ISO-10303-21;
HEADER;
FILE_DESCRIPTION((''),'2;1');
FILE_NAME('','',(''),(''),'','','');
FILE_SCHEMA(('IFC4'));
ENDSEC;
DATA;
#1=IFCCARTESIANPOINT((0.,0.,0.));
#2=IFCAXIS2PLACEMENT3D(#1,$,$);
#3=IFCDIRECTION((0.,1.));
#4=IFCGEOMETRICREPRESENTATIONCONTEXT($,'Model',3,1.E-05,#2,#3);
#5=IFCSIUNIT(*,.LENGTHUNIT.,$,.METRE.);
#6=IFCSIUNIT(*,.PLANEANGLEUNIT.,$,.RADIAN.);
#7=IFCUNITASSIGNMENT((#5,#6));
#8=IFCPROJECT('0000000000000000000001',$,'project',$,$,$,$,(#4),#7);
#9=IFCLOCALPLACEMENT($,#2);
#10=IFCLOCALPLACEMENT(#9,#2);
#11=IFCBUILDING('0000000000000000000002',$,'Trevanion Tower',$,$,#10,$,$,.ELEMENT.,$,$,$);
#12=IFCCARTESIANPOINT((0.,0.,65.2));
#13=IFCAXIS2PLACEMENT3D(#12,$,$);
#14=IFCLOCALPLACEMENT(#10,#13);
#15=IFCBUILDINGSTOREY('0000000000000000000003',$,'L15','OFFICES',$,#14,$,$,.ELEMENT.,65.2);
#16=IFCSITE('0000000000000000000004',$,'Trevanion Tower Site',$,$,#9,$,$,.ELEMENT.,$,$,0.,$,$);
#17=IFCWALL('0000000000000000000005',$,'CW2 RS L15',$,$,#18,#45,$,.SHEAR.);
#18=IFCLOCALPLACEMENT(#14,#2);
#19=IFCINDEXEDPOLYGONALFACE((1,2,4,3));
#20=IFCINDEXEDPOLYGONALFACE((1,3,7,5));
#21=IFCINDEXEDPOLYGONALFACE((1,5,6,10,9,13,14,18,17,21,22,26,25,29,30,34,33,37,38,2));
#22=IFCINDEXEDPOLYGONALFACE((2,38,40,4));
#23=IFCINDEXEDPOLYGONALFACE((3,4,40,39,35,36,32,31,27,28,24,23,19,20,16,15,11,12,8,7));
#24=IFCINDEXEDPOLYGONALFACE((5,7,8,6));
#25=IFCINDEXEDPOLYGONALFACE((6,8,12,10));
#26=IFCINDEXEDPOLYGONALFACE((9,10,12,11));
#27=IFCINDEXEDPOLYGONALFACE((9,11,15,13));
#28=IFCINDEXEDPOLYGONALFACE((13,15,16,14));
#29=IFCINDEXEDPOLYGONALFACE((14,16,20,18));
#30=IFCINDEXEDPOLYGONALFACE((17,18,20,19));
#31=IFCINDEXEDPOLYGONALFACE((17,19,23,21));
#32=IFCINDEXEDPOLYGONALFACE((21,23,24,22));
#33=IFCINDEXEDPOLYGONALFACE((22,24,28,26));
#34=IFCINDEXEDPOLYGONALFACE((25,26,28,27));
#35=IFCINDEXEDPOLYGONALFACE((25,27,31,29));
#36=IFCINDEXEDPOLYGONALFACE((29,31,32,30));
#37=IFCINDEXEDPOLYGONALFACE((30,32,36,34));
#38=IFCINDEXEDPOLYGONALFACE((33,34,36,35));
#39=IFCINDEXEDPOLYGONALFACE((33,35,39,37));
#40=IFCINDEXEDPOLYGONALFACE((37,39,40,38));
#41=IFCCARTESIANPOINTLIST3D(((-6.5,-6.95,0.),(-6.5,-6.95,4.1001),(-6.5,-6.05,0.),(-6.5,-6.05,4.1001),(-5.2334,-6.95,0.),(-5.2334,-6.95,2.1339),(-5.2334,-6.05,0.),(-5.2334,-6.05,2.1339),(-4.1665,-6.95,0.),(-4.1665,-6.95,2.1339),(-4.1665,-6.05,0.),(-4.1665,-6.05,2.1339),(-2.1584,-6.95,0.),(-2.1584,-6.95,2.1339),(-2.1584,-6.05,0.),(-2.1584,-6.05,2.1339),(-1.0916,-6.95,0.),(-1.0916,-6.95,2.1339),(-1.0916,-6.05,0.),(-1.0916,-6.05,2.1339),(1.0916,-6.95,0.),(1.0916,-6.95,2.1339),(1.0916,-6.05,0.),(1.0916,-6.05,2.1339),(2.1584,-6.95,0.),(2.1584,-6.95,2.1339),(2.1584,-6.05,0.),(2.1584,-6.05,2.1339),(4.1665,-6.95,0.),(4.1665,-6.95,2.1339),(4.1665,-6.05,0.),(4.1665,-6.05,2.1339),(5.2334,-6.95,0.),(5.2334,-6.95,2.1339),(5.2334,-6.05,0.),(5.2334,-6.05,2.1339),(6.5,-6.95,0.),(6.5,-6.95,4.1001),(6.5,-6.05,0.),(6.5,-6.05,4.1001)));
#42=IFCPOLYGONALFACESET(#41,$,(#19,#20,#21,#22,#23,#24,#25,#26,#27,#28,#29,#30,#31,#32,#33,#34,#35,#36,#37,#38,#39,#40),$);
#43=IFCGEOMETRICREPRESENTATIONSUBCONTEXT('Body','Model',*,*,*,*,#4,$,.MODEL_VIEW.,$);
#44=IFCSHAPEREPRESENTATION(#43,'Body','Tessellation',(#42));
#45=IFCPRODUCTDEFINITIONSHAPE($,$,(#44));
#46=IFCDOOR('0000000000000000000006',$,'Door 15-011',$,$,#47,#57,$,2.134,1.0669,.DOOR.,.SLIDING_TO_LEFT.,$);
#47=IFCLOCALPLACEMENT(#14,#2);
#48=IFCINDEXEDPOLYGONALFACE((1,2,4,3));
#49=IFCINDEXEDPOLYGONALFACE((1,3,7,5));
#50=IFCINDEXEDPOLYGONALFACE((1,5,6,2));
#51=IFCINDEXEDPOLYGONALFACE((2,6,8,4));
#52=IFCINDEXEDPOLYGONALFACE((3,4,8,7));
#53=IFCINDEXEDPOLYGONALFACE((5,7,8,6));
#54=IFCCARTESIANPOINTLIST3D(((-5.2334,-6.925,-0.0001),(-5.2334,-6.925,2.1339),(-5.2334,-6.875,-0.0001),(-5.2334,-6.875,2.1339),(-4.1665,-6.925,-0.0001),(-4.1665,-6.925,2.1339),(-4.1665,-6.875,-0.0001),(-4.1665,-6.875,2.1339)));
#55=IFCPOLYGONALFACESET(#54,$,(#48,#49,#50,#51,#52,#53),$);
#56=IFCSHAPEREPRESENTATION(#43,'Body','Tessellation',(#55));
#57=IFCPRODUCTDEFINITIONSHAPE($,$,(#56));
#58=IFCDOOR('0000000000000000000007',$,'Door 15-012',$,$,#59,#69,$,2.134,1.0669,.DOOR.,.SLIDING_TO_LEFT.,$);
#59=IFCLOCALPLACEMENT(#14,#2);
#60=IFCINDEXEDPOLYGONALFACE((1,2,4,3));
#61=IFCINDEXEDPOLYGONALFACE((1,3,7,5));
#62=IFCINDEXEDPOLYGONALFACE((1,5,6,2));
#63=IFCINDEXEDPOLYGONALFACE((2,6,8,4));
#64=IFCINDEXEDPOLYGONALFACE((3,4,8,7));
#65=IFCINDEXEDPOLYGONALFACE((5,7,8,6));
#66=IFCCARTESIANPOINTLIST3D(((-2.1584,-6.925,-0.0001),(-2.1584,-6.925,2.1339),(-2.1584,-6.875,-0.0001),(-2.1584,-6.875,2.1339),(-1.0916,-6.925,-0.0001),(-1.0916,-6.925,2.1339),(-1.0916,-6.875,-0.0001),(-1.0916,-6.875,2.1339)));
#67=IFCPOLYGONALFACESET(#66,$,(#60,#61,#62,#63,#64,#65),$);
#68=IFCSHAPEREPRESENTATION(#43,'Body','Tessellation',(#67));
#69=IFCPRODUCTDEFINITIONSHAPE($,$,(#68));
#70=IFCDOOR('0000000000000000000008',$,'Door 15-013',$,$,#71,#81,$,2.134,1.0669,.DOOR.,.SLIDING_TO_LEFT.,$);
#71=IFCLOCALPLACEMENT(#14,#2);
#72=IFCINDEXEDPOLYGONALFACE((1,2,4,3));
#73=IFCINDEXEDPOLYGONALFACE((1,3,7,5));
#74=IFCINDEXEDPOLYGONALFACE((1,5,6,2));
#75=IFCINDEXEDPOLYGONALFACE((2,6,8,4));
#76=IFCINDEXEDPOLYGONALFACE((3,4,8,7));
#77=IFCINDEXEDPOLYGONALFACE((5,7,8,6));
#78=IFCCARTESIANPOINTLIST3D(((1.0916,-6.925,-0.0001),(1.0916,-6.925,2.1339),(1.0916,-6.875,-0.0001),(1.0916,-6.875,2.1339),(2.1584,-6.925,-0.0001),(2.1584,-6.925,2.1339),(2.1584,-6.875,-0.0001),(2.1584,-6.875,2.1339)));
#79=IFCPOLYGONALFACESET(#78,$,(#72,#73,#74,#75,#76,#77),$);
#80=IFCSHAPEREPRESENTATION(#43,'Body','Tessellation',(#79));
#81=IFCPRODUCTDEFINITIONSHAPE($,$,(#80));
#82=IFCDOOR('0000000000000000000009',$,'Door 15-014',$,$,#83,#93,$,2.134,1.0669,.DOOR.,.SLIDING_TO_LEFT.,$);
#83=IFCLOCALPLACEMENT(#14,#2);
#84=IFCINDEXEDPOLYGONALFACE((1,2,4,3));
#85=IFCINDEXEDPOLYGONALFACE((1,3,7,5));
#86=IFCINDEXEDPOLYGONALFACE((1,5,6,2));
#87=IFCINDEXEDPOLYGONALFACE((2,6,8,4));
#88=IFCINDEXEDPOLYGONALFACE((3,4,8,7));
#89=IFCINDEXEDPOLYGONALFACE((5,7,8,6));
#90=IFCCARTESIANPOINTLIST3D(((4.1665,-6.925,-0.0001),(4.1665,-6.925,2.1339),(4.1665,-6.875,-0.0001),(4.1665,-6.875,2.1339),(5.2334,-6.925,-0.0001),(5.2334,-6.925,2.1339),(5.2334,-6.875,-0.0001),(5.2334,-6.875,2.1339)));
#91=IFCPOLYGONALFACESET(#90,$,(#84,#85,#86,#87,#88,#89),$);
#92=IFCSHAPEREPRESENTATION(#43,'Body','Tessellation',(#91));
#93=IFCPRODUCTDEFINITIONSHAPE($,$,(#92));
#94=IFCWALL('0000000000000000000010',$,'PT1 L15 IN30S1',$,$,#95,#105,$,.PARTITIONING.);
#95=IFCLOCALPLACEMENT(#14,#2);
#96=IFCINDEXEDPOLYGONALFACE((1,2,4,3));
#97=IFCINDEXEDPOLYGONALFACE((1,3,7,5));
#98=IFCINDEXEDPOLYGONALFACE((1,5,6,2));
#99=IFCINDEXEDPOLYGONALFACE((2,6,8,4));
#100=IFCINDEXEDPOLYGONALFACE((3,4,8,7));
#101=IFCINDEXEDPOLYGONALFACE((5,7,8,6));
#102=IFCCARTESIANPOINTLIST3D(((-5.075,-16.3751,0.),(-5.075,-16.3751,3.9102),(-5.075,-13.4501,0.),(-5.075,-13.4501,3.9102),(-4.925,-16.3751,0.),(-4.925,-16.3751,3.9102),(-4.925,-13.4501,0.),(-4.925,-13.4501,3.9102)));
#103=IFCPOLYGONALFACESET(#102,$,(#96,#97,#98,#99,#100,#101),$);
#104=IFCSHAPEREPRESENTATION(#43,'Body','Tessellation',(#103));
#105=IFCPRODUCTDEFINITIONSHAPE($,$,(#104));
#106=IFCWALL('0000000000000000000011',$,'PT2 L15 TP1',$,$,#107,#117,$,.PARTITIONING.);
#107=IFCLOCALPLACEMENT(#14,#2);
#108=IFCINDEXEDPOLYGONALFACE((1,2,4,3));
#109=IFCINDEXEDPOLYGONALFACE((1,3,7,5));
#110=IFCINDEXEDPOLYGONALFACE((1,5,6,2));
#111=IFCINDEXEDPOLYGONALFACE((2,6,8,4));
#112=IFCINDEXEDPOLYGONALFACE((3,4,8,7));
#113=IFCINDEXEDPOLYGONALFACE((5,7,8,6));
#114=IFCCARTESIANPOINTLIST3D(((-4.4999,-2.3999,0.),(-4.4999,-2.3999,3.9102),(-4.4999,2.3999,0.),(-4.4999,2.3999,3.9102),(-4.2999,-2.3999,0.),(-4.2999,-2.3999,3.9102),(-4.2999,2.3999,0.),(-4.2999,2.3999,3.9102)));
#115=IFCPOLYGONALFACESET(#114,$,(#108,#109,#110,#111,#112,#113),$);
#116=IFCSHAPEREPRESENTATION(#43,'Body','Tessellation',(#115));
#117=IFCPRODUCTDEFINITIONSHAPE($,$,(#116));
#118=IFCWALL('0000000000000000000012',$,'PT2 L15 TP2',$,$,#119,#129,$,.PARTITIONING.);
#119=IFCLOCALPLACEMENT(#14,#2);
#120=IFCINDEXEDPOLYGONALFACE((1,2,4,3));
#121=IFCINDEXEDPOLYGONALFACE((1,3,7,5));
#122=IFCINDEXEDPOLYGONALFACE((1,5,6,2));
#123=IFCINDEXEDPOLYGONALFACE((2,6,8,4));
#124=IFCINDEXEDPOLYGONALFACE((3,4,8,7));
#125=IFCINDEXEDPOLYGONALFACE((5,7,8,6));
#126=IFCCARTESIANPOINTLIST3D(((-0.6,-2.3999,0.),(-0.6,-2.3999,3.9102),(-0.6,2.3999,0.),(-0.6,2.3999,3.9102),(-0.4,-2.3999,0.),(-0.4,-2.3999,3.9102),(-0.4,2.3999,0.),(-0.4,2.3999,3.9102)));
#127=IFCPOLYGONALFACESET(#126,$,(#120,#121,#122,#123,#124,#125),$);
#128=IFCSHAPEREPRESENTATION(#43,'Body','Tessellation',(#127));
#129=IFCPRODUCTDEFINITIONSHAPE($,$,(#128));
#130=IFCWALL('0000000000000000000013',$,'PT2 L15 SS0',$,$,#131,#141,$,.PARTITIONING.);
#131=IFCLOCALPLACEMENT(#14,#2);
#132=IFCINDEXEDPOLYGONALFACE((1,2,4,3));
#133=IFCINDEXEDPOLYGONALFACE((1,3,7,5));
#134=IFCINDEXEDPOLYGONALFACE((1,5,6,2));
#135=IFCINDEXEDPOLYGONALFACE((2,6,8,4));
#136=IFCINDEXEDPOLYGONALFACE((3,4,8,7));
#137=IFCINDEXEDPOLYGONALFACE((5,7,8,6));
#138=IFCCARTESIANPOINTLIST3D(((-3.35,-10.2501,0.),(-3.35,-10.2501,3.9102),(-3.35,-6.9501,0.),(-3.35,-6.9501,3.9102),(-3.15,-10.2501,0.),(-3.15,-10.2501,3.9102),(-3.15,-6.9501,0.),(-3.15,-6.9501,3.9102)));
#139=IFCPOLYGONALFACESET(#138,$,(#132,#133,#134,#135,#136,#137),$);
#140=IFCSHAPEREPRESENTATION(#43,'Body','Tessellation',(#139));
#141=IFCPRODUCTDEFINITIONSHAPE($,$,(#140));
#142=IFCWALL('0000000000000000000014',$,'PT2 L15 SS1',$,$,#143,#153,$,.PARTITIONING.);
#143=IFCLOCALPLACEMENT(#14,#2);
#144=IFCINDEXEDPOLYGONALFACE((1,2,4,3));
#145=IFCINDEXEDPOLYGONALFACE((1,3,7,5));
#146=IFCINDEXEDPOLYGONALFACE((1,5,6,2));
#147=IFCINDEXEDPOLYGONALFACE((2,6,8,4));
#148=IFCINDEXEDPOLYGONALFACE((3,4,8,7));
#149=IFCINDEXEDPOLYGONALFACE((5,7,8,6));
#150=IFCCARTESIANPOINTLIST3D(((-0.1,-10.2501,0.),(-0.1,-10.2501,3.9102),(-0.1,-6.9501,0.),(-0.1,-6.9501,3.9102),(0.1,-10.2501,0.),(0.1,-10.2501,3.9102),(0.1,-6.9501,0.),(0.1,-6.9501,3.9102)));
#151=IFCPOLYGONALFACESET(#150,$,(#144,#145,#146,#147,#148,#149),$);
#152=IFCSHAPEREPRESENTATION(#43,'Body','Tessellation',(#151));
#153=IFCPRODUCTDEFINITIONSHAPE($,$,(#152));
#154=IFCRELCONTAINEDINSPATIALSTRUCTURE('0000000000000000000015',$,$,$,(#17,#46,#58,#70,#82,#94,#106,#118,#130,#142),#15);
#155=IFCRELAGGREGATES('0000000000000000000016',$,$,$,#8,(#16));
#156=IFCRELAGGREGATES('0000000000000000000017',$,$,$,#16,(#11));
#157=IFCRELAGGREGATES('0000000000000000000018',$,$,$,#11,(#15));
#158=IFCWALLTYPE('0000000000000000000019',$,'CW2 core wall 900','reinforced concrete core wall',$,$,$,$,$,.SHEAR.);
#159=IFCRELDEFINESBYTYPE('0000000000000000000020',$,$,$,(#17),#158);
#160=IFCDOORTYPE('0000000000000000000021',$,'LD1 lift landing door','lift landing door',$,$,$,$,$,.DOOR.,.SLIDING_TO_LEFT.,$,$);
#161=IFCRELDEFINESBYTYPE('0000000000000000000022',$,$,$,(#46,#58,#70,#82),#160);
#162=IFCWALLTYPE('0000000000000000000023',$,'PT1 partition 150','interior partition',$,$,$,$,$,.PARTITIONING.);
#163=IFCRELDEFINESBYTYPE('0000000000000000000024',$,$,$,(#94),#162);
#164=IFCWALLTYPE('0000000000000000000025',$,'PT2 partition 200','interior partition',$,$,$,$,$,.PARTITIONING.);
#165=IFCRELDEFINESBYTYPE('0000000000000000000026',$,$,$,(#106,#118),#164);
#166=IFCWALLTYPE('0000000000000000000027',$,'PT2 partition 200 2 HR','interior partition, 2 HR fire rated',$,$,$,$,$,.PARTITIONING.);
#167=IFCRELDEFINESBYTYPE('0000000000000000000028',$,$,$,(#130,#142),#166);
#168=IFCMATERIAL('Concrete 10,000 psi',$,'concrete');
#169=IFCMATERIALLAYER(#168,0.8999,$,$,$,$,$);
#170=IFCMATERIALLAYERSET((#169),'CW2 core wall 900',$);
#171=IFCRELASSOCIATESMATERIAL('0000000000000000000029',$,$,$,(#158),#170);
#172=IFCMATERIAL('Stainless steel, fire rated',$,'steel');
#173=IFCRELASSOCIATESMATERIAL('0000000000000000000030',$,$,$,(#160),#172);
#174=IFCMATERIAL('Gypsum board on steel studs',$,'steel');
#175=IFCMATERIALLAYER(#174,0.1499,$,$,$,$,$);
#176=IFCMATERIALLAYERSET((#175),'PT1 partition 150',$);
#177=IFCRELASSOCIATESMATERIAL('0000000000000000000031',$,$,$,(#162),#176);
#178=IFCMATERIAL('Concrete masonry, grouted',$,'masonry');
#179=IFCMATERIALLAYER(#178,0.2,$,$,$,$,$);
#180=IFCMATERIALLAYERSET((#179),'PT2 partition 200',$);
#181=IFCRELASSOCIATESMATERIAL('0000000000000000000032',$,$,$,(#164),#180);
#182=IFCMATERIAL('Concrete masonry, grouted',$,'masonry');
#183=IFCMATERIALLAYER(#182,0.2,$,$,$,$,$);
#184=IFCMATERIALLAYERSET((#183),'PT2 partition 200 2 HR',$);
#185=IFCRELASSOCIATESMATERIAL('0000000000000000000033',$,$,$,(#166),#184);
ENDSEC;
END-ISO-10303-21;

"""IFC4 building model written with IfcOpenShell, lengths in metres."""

from ifc_helpers import new_model, si_unit, direction, frame, frame_2d, origin, place, context, subcontext, project, spatial, rectangle, extrude, material, layer, layer_set, type_object, element, fill, save


model = new_model("IFC4")

# Units and contexts
model_context = context("Model", 3, precision=1e-05, world=origin(), true_north=direction((0.0, 1.0)))
body_context = subcontext(model_context, "Body", "Model", "MODEL_VIEW")
ifc_project = project(units=[si_unit("LENGTHUNIT", "METRE"), si_unit("PLANEANGLEUNIT", "RADIAN")], contexts=[model_context])

# Site, building, storey
site_placement = place(None, origin())
site = spatial("IfcSite", under=ifc_project, at=site_placement, Name="Trevanion Tower Site", CompositionType="ELEMENT", RefElevation=0.0)
building_placement = place(site_placement, origin())
building = spatial("IfcBuilding", under=site, at=building_placement, Name="Trevanion Tower", CompositionType="ELEMENT")
storey_placement = place(building_placement, frame((0.0, 0.0, 65.2)))
storey = spatial("IfcBuildingStorey", under=building, at=storey_placement, Name="L15", Description="OFFICES", CompositionType="ELEMENT", Elevation=65.2)

# Shared definitions
ifc_material_1 = material(Name="Concrete 10,000 psi", Category="concrete")
ifc_layer_1 = layer(ifc_material_1, 0.8999)
ifc_layer_set_1 = layer_set([ifc_layer_1], Name="CW2 core wall 900")
wall_type_1 = type_object("IfcWallType", Name="CW2 core wall 900", Description="reinforced concrete core wall", PredefinedType="SHEAR", material=ifc_layer_set_1)

# Wall, openings, doors
wall_1_placement = place(storey_placement, frame((-6.5, -6.5, 0.0), z_axis=(0.0, 0.0, 1.0), x_axis=(1.0, 0.0, 0.0)))
wall_1 = element("IfcWall", 1, at=wall_1_placement, inside=storey, type_object=wall_type_1, Name="CW2 RS L15", PredefinedType="SHEAR", context=body_context, shape_type="SweptSolid", body=[
    extrude(rectangle(XDim=13.0, YDim=0.8999, at=frame_2d((6.5, 0.0))), origin(), (0.0, 0.0, 1.0), 4.1001),
])
opening_1_placement = place(wall_1_placement, frame((1.2666, 0.0, 0.0)))
opening_1 = element("IfcOpeningElement", 2, at=opening_1_placement, cuts=wall_1, PredefinedType="OPENING", context=body_context, shape_type="SweptSolid", body=[
    extrude(rectangle(XDim=1.0669, YDim=2.134, at=frame_2d((0.5334, 1.0669))), frame((0.0, 0.46, 0.0), z_axis=(0.0, -1.0, 0.0), x_axis=(1.0, 0.0, 0.0)), (0.0, 0.0, 1.0), 0.9199),
])
opening_2_placement = place(wall_1_placement, frame((4.3416, 0.0, 0.0)))
opening_2 = element("IfcOpeningElement", 3, at=opening_2_placement, cuts=wall_1, PredefinedType="OPENING", context=body_context, shape_type="SweptSolid", body=[
    extrude(rectangle(XDim=1.0669, YDim=2.134, at=frame_2d((0.5334, 1.0669))), frame((0.0, 0.46, 0.0), z_axis=(0.0, -1.0, 0.0), x_axis=(1.0, 0.0, 0.0)), (0.0, 0.0, 1.0), 0.9199),
])
opening_3_placement = place(wall_1_placement, frame((7.5916, 0.0, 0.0)))
opening_3 = element("IfcOpeningElement", 4, at=opening_3_placement, cuts=wall_1, PredefinedType="OPENING", context=body_context, shape_type="SweptSolid", body=[
    extrude(rectangle(XDim=1.0669, YDim=2.134, at=frame_2d((0.5334, 1.0669))), frame((0.0, 0.46, 0.0), z_axis=(0.0, -1.0, 0.0), x_axis=(1.0, 0.0, 0.0)), (0.0, 0.0, 1.0), 0.9199),
])
opening_4_placement = place(wall_1_placement, frame((10.6665, 0.0, 0.0)))
opening_4 = element("IfcOpeningElement", 5, at=opening_4_placement, cuts=wall_1, PredefinedType="OPENING", context=body_context, shape_type="SweptSolid", body=[
    extrude(rectangle(XDim=1.0669, YDim=2.134, at=frame_2d((0.5334, 1.0669))), frame((0.0, 0.46, 0.0), z_axis=(0.0, -1.0, 0.0), x_axis=(1.0, 0.0, 0.0)), (0.0, 0.0, 1.0), 0.9199),
])
ifc_material_2 = material(Name="Stainless steel, fire rated", Category="steel")
door_type_1 = type_object("IfcDoorType", Name="LD1 lift landing door", Description="lift landing door", OperationType="SLIDING_TO_LEFT", PredefinedType="DOOR", material=ifc_material_2)
door_1_placement = place(opening_1_placement, origin())
door_1 = element("IfcDoor", 6, at=door_1_placement, inside=storey, type_object=door_type_1, Name="Door 15-011", OperationType="SLIDING_TO_LEFT", OverallHeight=2.134, OverallWidth=1.0669, PredefinedType="DOOR", context=body_context, shape_type="SweptSolid", body=[
    extrude(rectangle(XDim=1.0669, YDim=2.134, at=frame_2d((0.5334, 1.0669))), frame((0.0, -0.375, 0.0), z_axis=(0.0, -1.0, 0.0), x_axis=(1.0, 0.0, 0.0)), (0.0, 0.0, 1.0), 0.05),
])
fill(opening_1, door_1)
door_2_placement = place(opening_2_placement, origin())
door_2 = element("IfcDoor", 7, at=door_2_placement, inside=storey, type_object=door_type_1, Name="Door 15-012", OperationType="SLIDING_TO_LEFT", OverallHeight=2.134, OverallWidth=1.0669, PredefinedType="DOOR", context=body_context, shape_type="SweptSolid", body=[
    extrude(rectangle(XDim=1.0669, YDim=2.134, at=frame_2d((0.5334, 1.0669))), frame((0.0, -0.375, 0.0), z_axis=(0.0, -1.0, 0.0), x_axis=(1.0, 0.0, 0.0)), (0.0, 0.0, 1.0), 0.05),
])
fill(opening_2, door_2)
door_3_placement = place(opening_3_placement, origin())
door_3 = element("IfcDoor", 8, at=door_3_placement, inside=storey, type_object=door_type_1, Name="Door 15-013", OperationType="SLIDING_TO_LEFT", OverallHeight=2.134, OverallWidth=1.0669, PredefinedType="DOOR", context=body_context, shape_type="SweptSolid", body=[
    extrude(rectangle(XDim=1.0669, YDim=2.134, at=frame_2d((0.5334, 1.0669))), frame((0.0, -0.375, 0.0), z_axis=(0.0, -1.0, 0.0), x_axis=(1.0, 0.0, 0.0)), (0.0, 0.0, 1.0), 0.05),
])
fill(opening_3, door_3)
door_4_placement = place(opening_4_placement, origin())
door_4 = element("IfcDoor", 9, at=door_4_placement, inside=storey, type_object=door_type_1, Name="Door 15-014", OperationType="SLIDING_TO_LEFT", OverallHeight=2.134, OverallWidth=1.0669, PredefinedType="DOOR", context=body_context, shape_type="SweptSolid", body=[
    extrude(rectangle(XDim=1.0669, YDim=2.134, at=frame_2d((0.5334, 1.0669))), frame((0.0, -0.375, 0.0), z_axis=(0.0, -1.0, 0.0), x_axis=(1.0, 0.0, 0.0)), (0.0, 0.0, 1.0), 0.05),
])
fill(opening_4, door_4)

# Walls
ifc_material_3 = material(Name="Gypsum board on steel studs", Category="steel")
ifc_layer_2 = layer(ifc_material_3, 0.1499)
ifc_layer_set_2 = layer_set([ifc_layer_2], Name="PT1 partition 150")
wall_type_2 = type_object("IfcWallType", Name="PT1 partition 150", Description="interior partition", PredefinedType="PARTITIONING", material=ifc_layer_set_2)
wall_2_placement = place(storey_placement, frame((-5.0, -16.375, 0.0), z_axis=(0.0, 0.0, 1.0), x_axis=(0.0, 1.0, 0.0)))
element("IfcWall", 10, at=wall_2_placement, inside=storey, type_object=wall_type_2, Name="PT1 L15 IN30S1", PredefinedType="PARTITIONING", context=body_context, shape_type="SweptSolid", body=[
    extrude(rectangle(XDim=2.925, YDim=0.1499, at=frame_2d((1.4624, 0.0))), origin(), (0.0, 0.0, 1.0), 3.9102),
])
ifc_material_4 = material(Name="Concrete masonry, grouted", Category="masonry")
ifc_layer_3 = layer(ifc_material_4, 0.2)
ifc_layer_set_3 = layer_set([ifc_layer_3], Name="PT2 partition 200")
wall_type_3 = type_object("IfcWallType", Name="PT2 partition 200", Description="interior partition", PredefinedType="PARTITIONING", material=ifc_layer_set_3)
for number, where, z_axis, x_axis, name in (
    (11, (-4.3999, -2.3999, 0.0), (0.0, 0.0, 1.0), (0.0, 1.0, 0.0), "PT2 L15 TP1"),
    (12, (-0.5, -2.3999, 0.0), (0.0, 0.0, 1.0), (0.0, 1.0, 0.0), "PT2 L15 TP2"),
):
    element("IfcWall", number, at=place(storey_placement, frame(where, z_axis=z_axis, x_axis=x_axis)), inside=storey, type_object=wall_type_3, Name=name, PredefinedType="PARTITIONING", context=body_context, shape_type="SweptSolid", body=[
        extrude(rectangle(XDim=4.7998, YDim=0.2, at=frame_2d((2.3999, 0.0))), origin(), (0.0, 0.0, 1.0), 3.9102),
    ])
ifc_material_5 = material(Name="Concrete masonry, grouted", Category="masonry")
ifc_layer_4 = layer(ifc_material_5, 0.2)
ifc_layer_set_4 = layer_set([ifc_layer_4], Name="PT2 partition 200 2 HR")
wall_type_4 = type_object("IfcWallType", Name="PT2 partition 200 2 HR", Description="interior partition, 2 HR fire rated", PredefinedType="PARTITIONING", material=ifc_layer_set_4)
for number, where, z_axis, x_axis, name in (
    (13, (-3.25, -10.25, 0.0), (0.0, 0.0, 1.0), (0.0, 1.0, 0.0), "PT2 L15 SS0"),
    (14, (0.0, -10.25, 0.0), (0.0, 0.0, 1.0), (0.0, 1.0, 0.0), "PT2 L15 SS1"),
):
    element("IfcWall", number, at=place(storey_placement, frame(where, z_axis=z_axis, x_axis=x_axis)), inside=storey, type_object=wall_type_4, Name=name, PredefinedType="PARTITIONING", context=body_context, shape_type="SweptSolid", body=[
        extrude(rectangle(XDim=3.3, YDim=0.2, at=frame_2d((1.6499, 0.0))), origin(), (0.0, 0.0, 1.0), 3.9102),
    ])

save(model, "model.ifc")
